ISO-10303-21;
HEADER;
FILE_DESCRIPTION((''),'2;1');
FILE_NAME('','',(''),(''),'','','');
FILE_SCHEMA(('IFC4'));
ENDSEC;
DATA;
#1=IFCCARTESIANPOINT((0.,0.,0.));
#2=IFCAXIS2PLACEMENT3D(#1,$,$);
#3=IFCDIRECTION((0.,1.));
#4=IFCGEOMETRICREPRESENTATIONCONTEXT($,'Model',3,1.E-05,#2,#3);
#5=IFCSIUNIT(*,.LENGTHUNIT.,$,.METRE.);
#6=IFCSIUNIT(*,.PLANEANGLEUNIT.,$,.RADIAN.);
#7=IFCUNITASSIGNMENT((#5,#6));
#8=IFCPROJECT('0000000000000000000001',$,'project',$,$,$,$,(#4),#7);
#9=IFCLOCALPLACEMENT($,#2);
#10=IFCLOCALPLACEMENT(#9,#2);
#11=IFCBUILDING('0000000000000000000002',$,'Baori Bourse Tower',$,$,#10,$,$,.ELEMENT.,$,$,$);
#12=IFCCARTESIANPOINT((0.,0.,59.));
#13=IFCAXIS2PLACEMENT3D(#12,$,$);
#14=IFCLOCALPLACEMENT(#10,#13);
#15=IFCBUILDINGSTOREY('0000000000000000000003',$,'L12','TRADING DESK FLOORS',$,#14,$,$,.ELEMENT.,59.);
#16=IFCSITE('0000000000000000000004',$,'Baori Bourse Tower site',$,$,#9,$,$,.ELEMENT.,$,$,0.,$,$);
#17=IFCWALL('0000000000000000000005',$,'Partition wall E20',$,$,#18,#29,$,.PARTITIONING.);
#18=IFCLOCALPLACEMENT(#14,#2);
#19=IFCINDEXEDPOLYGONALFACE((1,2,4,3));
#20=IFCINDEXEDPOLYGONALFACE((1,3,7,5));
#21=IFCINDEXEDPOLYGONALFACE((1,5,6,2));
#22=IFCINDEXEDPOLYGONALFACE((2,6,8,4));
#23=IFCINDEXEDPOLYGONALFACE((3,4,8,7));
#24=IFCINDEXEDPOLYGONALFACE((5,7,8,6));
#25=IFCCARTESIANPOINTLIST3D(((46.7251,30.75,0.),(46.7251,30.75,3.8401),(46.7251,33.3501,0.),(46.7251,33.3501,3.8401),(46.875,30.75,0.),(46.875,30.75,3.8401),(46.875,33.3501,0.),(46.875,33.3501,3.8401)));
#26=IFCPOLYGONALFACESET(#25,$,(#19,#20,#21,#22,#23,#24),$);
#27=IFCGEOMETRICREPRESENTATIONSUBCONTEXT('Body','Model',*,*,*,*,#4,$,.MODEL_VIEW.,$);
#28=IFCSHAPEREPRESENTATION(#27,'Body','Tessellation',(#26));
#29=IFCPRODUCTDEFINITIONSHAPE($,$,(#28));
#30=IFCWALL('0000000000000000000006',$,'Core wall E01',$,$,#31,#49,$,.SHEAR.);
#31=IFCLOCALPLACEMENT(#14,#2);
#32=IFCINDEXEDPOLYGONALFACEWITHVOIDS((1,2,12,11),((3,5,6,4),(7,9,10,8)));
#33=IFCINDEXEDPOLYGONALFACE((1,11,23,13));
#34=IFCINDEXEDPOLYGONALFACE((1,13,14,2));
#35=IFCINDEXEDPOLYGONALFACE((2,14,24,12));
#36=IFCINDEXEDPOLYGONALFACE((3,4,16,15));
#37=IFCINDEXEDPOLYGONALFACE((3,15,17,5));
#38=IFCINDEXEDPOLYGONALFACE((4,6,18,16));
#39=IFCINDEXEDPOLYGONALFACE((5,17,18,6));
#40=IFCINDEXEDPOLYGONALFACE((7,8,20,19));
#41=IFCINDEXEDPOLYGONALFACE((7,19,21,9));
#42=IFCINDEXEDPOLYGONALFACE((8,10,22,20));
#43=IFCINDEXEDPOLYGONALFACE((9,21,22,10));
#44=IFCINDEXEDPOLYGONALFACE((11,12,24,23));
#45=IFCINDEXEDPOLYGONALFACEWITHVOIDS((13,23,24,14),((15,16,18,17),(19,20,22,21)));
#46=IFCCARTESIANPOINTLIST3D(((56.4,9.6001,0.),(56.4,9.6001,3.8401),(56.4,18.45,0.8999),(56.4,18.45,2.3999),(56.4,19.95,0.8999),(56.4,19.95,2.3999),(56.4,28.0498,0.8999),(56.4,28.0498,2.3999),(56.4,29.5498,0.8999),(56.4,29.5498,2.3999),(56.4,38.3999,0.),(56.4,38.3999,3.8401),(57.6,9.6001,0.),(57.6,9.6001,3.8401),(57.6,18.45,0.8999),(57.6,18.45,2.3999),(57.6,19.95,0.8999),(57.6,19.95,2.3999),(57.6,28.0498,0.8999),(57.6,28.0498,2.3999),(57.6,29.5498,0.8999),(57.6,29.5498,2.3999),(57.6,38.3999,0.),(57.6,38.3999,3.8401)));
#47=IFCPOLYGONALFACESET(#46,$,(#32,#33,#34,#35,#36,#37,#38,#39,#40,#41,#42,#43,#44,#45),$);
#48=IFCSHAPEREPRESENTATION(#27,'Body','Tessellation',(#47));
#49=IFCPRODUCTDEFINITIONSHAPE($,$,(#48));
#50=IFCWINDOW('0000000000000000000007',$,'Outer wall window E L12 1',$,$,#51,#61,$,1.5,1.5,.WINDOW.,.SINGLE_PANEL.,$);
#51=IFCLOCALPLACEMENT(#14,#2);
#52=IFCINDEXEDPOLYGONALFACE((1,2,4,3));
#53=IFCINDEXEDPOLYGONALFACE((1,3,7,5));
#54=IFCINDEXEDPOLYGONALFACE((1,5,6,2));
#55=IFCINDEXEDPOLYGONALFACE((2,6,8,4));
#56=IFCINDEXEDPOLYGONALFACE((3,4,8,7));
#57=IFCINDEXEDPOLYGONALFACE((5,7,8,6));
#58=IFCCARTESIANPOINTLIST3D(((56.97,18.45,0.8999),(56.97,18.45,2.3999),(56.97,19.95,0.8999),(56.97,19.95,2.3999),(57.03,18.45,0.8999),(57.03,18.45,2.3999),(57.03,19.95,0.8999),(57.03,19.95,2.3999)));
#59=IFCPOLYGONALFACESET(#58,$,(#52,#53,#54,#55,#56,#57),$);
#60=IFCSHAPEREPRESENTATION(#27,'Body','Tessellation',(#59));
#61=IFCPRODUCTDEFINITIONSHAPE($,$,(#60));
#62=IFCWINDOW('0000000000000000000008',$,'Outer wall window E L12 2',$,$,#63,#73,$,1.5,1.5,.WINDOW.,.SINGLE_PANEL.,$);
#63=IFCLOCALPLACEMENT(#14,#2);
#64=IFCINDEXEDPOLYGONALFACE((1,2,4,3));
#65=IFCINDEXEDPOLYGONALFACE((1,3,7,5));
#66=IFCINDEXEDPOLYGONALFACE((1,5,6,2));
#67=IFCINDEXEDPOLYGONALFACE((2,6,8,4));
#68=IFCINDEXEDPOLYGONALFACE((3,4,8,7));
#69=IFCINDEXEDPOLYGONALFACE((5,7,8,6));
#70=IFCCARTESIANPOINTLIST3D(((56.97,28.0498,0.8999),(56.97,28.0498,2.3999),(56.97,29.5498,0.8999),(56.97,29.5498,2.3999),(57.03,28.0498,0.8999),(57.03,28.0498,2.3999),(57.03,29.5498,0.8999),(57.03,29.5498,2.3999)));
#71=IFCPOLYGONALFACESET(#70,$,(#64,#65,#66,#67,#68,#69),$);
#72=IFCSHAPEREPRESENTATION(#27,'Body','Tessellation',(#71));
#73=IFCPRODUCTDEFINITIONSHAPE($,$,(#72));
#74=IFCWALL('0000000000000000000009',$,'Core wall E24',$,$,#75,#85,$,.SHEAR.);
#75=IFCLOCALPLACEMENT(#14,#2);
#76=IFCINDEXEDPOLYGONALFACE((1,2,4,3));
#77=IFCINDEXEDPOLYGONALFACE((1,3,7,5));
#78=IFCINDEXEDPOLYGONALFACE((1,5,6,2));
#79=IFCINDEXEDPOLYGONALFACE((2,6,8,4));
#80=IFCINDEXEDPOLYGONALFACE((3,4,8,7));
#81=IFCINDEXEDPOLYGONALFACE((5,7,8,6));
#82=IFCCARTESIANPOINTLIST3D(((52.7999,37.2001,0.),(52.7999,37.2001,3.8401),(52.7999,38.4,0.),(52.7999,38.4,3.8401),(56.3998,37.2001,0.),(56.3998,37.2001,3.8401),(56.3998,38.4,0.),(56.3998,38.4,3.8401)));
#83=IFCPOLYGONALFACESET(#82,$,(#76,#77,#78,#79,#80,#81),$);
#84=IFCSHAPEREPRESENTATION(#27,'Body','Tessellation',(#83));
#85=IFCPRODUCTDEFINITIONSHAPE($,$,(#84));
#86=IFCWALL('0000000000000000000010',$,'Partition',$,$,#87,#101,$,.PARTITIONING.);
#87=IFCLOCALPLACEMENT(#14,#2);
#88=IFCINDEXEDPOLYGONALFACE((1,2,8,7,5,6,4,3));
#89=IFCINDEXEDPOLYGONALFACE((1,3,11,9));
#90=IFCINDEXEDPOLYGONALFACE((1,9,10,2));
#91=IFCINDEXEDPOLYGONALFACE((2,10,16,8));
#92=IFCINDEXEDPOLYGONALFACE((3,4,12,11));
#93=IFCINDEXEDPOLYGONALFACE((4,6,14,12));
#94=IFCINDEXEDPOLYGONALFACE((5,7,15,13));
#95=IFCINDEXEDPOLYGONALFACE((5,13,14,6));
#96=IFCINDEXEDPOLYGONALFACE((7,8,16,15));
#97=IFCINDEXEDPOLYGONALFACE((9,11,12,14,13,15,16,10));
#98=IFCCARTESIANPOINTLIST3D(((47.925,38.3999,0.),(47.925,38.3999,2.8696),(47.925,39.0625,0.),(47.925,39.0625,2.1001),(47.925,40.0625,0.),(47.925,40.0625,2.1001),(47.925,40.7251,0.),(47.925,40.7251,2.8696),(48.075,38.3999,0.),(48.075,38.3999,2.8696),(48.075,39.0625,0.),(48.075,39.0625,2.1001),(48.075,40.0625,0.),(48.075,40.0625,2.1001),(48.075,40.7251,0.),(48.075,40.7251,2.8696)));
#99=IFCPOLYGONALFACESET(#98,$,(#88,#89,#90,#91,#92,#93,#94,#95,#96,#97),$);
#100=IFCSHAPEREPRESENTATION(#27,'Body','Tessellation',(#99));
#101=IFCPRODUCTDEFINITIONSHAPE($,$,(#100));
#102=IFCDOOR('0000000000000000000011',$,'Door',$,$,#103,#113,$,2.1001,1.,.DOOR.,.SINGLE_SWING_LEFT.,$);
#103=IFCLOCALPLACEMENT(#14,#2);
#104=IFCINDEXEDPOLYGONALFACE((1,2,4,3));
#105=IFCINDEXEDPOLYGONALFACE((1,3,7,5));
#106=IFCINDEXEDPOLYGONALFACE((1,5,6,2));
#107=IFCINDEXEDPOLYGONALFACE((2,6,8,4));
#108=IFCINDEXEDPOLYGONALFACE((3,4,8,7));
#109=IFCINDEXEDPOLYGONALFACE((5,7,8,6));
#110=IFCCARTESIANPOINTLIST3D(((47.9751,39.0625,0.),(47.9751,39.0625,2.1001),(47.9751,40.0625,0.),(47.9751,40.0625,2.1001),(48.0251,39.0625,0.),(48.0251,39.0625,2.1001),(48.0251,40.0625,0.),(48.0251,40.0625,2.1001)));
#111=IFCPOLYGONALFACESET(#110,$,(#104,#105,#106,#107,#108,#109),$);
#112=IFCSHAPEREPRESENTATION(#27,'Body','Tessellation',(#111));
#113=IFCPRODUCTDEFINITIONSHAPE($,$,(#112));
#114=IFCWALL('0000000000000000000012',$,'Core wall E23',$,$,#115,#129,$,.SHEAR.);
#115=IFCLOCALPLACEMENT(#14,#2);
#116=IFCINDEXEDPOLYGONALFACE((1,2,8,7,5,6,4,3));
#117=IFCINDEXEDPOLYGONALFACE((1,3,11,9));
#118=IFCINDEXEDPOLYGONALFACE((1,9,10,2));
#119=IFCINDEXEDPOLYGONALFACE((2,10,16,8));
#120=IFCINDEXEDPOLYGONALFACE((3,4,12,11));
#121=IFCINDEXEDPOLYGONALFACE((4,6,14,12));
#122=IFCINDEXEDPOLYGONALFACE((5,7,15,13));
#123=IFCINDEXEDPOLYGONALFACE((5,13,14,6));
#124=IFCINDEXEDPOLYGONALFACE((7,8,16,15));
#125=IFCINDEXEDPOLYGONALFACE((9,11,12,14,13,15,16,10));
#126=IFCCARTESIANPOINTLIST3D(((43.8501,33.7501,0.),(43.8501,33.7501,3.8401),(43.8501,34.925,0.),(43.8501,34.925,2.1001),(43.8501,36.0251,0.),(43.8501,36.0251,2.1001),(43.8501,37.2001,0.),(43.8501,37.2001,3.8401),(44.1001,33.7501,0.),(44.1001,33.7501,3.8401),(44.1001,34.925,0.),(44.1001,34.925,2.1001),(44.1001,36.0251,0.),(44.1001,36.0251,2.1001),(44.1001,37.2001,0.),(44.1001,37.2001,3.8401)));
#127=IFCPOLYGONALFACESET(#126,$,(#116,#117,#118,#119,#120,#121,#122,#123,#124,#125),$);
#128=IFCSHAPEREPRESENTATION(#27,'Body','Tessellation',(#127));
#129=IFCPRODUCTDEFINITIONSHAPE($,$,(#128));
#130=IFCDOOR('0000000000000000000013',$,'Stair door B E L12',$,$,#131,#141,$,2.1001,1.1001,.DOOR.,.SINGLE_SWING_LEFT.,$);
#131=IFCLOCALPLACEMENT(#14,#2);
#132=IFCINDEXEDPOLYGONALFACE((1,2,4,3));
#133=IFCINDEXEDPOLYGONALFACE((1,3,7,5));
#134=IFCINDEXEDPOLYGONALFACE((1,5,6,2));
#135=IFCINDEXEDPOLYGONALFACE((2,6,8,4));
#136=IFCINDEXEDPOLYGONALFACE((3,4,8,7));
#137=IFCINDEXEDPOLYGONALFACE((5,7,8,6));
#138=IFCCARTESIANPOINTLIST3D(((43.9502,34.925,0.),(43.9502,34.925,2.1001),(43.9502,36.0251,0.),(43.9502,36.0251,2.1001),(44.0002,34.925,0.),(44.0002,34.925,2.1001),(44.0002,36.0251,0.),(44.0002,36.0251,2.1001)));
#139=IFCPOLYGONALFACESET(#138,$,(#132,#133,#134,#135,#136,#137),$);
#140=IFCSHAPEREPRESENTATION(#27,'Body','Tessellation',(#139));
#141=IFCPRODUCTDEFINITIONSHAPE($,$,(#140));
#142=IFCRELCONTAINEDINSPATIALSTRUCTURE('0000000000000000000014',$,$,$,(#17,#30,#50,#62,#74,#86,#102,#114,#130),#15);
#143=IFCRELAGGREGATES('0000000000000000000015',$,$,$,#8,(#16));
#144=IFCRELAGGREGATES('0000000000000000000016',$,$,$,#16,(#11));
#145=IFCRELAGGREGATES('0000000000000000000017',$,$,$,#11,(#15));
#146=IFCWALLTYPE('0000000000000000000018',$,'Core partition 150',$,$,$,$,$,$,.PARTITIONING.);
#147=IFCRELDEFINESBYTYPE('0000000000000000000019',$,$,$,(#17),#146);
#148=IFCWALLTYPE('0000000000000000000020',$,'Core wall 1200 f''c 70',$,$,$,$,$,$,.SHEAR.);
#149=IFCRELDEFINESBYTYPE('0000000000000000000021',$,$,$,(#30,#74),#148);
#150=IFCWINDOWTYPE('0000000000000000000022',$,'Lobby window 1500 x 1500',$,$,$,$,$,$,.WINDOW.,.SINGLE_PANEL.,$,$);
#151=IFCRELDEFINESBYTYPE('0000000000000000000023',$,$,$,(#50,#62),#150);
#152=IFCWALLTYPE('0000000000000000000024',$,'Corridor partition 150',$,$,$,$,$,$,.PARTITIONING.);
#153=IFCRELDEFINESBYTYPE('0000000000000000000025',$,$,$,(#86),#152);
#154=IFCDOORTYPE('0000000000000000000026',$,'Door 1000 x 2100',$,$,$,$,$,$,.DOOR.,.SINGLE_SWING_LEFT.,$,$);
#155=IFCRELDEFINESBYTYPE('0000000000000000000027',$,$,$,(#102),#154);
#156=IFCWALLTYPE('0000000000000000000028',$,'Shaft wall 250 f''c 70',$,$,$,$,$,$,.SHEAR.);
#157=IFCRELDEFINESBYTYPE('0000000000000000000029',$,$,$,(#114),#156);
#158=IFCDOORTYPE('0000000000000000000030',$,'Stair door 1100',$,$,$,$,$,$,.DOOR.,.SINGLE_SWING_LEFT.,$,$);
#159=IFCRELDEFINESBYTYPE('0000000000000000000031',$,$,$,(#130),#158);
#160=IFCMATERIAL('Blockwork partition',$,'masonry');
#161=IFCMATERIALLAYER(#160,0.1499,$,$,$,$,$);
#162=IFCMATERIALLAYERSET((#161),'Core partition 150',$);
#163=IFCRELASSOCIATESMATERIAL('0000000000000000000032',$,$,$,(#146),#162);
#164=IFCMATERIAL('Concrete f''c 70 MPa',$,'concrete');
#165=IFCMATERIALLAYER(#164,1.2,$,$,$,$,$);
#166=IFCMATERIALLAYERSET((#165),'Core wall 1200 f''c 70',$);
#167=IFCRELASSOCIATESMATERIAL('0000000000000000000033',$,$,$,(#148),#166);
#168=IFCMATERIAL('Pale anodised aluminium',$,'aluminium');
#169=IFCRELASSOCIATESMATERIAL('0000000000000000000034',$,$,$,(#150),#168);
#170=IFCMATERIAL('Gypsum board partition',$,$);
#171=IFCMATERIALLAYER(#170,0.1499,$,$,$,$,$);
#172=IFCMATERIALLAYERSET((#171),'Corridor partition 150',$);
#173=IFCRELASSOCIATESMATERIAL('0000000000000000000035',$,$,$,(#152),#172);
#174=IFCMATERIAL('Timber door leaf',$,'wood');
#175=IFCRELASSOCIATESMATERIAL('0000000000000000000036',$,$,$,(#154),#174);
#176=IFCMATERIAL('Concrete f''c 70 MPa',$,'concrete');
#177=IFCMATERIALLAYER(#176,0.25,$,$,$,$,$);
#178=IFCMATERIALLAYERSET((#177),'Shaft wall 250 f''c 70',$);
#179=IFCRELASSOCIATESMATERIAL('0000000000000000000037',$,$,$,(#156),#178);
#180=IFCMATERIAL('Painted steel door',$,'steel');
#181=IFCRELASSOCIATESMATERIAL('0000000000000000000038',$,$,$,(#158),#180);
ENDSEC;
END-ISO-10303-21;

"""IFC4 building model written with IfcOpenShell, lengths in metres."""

from ifc_helpers import new_model, si_unit, direction, frame, frame_2d, origin, place, context, subcontext, project, spatial, rectangle, extrude, material, layer, layer_set, type_object, element, fill, save


model = new_model("IFC4")

# Units and contexts
model_context = context("Model", 3, precision=1e-05, world=origin(), true_north=direction((0.0, 1.0)))
body_context = subcontext(model_context, "Body", "Model", "MODEL_VIEW")
ifc_project = project(units=[si_unit("LENGTHUNIT", "METRE"), si_unit("PLANEANGLEUNIT", "RADIAN")], contexts=[model_context])

# Site, building, storey
site_placement = place(None, origin())
site = spatial("IfcSite", under=ifc_project, at=site_placement, Name="Baori Bourse Tower site", CompositionType="ELEMENT", RefElevation=0.0)
building_placement = place(site_placement, origin())
building = spatial("IfcBuilding", under=site, at=building_placement, Name="Baori Bourse Tower", CompositionType="ELEMENT")
storey_placement = place(building_placement, frame((0.0, 0.0, 59.0)))
storey = spatial("IfcBuildingStorey", under=building, at=storey_placement, Name="L12", Description="TRADING DESK FLOORS", CompositionType="ELEMENT", Elevation=59.0)

# Wall
ifc_material_1 = material(Name="Blockwork partition", Category="masonry")
ifc_layer_1 = layer(ifc_material_1, 0.1499)
ifc_layer_set_1 = layer_set([ifc_layer_1], Name="Core partition 150")
wall_type_1 = type_object("IfcWallType", Name="Core partition 150", PredefinedType="PARTITIONING", material=ifc_layer_set_1)
for number, where, z_axis, x_axis, name in (
    (1, (46.8, 30.75, 0.0), (0.0, 0.0, 1.0), (0.0, 1.0, 0.0), "Partition wall E20"),
):
    element("IfcWall", number, at=place(storey_placement, frame(where, z_axis=z_axis, x_axis=x_axis)), inside=storey, type_object=wall_type_1, Name=name, PredefinedType="PARTITIONING", context=body_context, shape_type="SweptSolid", body=[
        extrude(rectangle(XDim=2.6001, YDim=0.1499, at=frame_2d((1.3, 0.0))), origin(), (0.0, 0.0, 1.0), 3.8401),
    ])

# Wall, openings, windows
ifc_material_2 = material(Name="Concrete f'c 70 MPa", Category="concrete")
ifc_layer_2 = layer(ifc_material_2, 1.2)
ifc_layer_set_2 = layer_set([ifc_layer_2], Name="Core wall 1200 f'c 70")
wall_type_2 = type_object("IfcWallType", Name="Core wall 1200 f'c 70", PredefinedType="SHEAR", material=ifc_layer_set_2)
wall_1_placement = place(storey_placement, frame((57.0, 38.3999, 0.0), z_axis=(0.0, 0.0, 1.0), x_axis=(0.0, -1.0, 0.0)))
wall_1 = element("IfcWall", 2, at=wall_1_placement, inside=storey, type_object=wall_type_2, Name="Core wall E01", PredefinedType="SHEAR", context=body_context, shape_type="SweptSolid", body=[
    extrude(rectangle(XDim=28.7998, YDim=1.2, at=frame_2d((14.3999, 0.0))), origin(), (0.0, 0.0, 1.0), 3.8401),
])
opening_1_placement = place(wall_1_placement, frame((18.45, 0.0, 0.8999)))
opening_1 = element("IfcOpeningElement", 3, at=opening_1_placement, cuts=wall_1, PredefinedType="OPENING", context=body_context, shape_type="SweptSolid", body=[
    extrude(rectangle(XDim=1.5, YDim=1.5, at=frame_2d((0.75, 0.75))), frame((0.0, 0.6099, 0.0), z_axis=(0.0, -1.0, 0.0), x_axis=(1.0, 0.0, 0.0)), (0.0, 0.0, 1.0), 1.22),
])
opening_2_placement = place(wall_1_placement, frame((8.8501, 0.0, 0.8999)))
opening_2 = element("IfcOpeningElement", 4, at=opening_2_placement, cuts=wall_1, PredefinedType="OPENING", context=body_context, shape_type="SweptSolid", body=[
    extrude(rectangle(XDim=1.5, YDim=1.5, at=frame_2d((0.75, 0.75))), frame((0.0, 0.6099, 0.0), z_axis=(0.0, -1.0, 0.0), x_axis=(1.0, 0.0, 0.0)), (0.0, 0.0, 1.0), 1.22),
])
ifc_material_3 = material(Name="Pale anodised aluminium", Category="aluminium")
window_type = type_object("IfcWindowType", Name="Lobby window 1500 x 1500", PartitioningType="SINGLE_PANEL", PredefinedType="WINDOW", material=ifc_material_3)
window_1_placement = place(opening_1_placement, origin())
window_1 = element("IfcWindow", 5, at=window_1_placement, inside=storey, type_object=window_type, Name="Outer wall window E L12 1", OverallHeight=1.5, OverallWidth=1.5, PartitioningType="SINGLE_PANEL", PredefinedType="WINDOW", context=body_context, shape_type="SweptSolid", body=[
    extrude(rectangle(XDim=1.5, YDim=1.5, at=frame_2d((0.75, 0.75))), frame((0.0, 0.03, 0.0), z_axis=(0.0, -1.0, 0.0), x_axis=(1.0, 0.0, 0.0)), (0.0, 0.0, 1.0), 0.0601),
])
fill(opening_1, window_1)
window_2_placement = place(opening_2_placement, origin())
window_2 = element("IfcWindow", 6, at=window_2_placement, inside=storey, type_object=window_type, Name="Outer wall window E L12 2", OverallHeight=1.5, OverallWidth=1.5, PartitioningType="SINGLE_PANEL", PredefinedType="WINDOW", context=body_context, shape_type="SweptSolid", body=[
    extrude(rectangle(XDim=1.5, YDim=1.5, at=frame_2d((0.75, 0.75))), frame((0.0, 0.03, 0.0), z_axis=(0.0, -1.0, 0.0), x_axis=(1.0, 0.0, 0.0)), (0.0, 0.0, 1.0), 0.0601),
])
fill(opening_2, window_2)

# Wall
wall_2_placement = place(storey_placement, frame((52.8, 37.8, 0.0), z_axis=(0.0, 0.0, 1.0), x_axis=(1.0, 0.0, 0.0)))
element("IfcWall", 7, at=wall_2_placement, inside=storey, type_object=wall_type_2, Name="Core wall E24", PredefinedType="SHEAR", context=body_context, shape_type="SweptSolid", body=[
    extrude(rectangle(XDim=3.5999, YDim=1.2, at=frame_2d((1.7998, 0.0))), origin(), (0.0, 0.0, 1.0), 3.8401),
])

# Walls, openings, doors
ifc_material_4 = material(Name="Gypsum board partition")
ifc_layer_3 = layer(ifc_material_4, 0.1499)
ifc_layer_set_3 = layer_set([ifc_layer_3], Name="Corridor partition 150")
wall_type_3 = type_object("IfcWallType", Name="Corridor partition 150", PredefinedType="PARTITIONING", material=ifc_layer_set_3)
wall_3_placement = place(storey_placement, frame((48.0, 38.3999, 0.0), z_axis=(0.0, 0.0, 1.0), x_axis=(0.0, 1.0, 0.0)))
wall_3 = element("IfcWall", 8, at=wall_3_placement, inside=storey, type_object=wall_type_3, Name="Partition", PredefinedType="PARTITIONING", context=body_context, shape_type="SweptSolid", body=[
    extrude(rectangle(XDim=2.3252, YDim=0.1499, at=frame_2d((1.1626, 0.0))), origin(), (0.0, 0.0, 1.0), 2.8696),
])
opening_3_placement = place(wall_3_placement, frame((0.6626, 0.0, 0.0)))
opening_3 = element("IfcOpeningElement", 9, at=opening_3_placement, cuts=wall_3, PredefinedType="OPENING", context=body_context, shape_type="SweptSolid", body=[
    extrude(rectangle(XDim=1.0, YDim=2.1001, at=frame_2d((0.5, 1.05))), frame((0.0, 0.085, 0.0), z_axis=(0.0, -1.0, 0.0), x_axis=(1.0, 0.0, 0.0)), (0.0, 0.0, 1.0), 0.1699),
])
ifc_material_5 = material(Name="Timber door leaf", Category="wood")
door_type_1 = type_object("IfcDoorType", Name="Door 1000 x 2100", OperationType="SINGLE_SWING_LEFT", PredefinedType="DOOR", material=ifc_material_5)
door_1_placement = place(opening_3_placement, origin())
door_1 = element("IfcDoor", 10, at=door_1_placement, inside=storey, type_object=door_type_1, Name="Door", OperationType="SINGLE_SWING_LEFT", OverallHeight=2.1001, OverallWidth=1.0, PredefinedType="DOOR", context=body_context, shape_type="SweptSolid", body=[
    extrude(rectangle(XDim=1.0, YDim=2.1001, at=frame_2d((0.5, 1.05))), frame((0.0, 0.0249, 0.0), z_axis=(0.0, -1.0, 0.0), x_axis=(1.0, 0.0, 0.0)), (0.0, 0.0, 1.0), 0.05),
])
fill(opening_3, door_1)
ifc_material_6 = material(Name="Concrete f'c 70 MPa", Category="concrete")
ifc_layer_4 = layer(ifc_material_6, 0.25)
ifc_layer_set_4 = layer_set([ifc_layer_4], Name="Shaft wall 250 f'c 70")
wall_type_4 = type_object("IfcWallType", Name="Shaft wall 250 f'c 70", PredefinedType="SHEAR", material=ifc_layer_set_4)
wall_4_placement = place(storey_placement, frame((43.9751, 33.75, 0.0), z_axis=(0.0, 0.0, 1.0), x_axis=(0.0, 1.0, 0.0)))
wall_4 = element("IfcWall", 11, at=wall_4_placement, inside=storey, type_object=wall_type_4, Name="Core wall E23", PredefinedType="SHEAR", context=body_context, shape_type="SweptSolid", body=[
    extrude(rectangle(XDim=3.45, YDim=0.25, at=frame_2d((1.7251, 0.0))), origin(), (0.0, 0.0, 1.0), 3.8401),
])
opening_4_placement = place(wall_4_placement, frame((1.175, 0.0, 0.0)))
opening_4 = element("IfcOpeningElement", 12, at=opening_4_placement, cuts=wall_4, PredefinedType="OPENING", context=body_context, shape_type="SweptSolid", body=[
    extrude(rectangle(XDim=1.1001, YDim=2.1001, at=frame_2d((0.55, 1.05))), frame((0.0, 0.135, 0.0), z_axis=(0.0, -1.0, 0.0), x_axis=(1.0, 0.0, 0.0)), (0.0, 0.0, 1.0), 0.27),
])
ifc_material_7 = material(Name="Painted steel door", Category="steel")
door_type_2 = type_object("IfcDoorType", Name="Stair door 1100", OperationType="SINGLE_SWING_LEFT", PredefinedType="DOOR", material=ifc_material_7)
door_2_placement = place(opening_4_placement, origin())
door_2 = element("IfcDoor", 13, at=door_2_placement, inside=storey, type_object=door_type_2, Name="Stair door B E L12", OperationType="SINGLE_SWING_LEFT", OverallHeight=2.1001, OverallWidth=1.1001, PredefinedType="DOOR", context=body_context, shape_type="SweptSolid", body=[
    extrude(rectangle(XDim=1.1001, YDim=2.1001, at=frame_2d((0.55, 1.05))), frame((0.0, 0.0249, 0.0), z_axis=(0.0, -1.0, 0.0), x_axis=(1.0, 0.0, 0.0)), (0.0, 0.0, 1.0), 0.05),
])
fill(opening_4, door_2)

save(model, "model.ifc")
